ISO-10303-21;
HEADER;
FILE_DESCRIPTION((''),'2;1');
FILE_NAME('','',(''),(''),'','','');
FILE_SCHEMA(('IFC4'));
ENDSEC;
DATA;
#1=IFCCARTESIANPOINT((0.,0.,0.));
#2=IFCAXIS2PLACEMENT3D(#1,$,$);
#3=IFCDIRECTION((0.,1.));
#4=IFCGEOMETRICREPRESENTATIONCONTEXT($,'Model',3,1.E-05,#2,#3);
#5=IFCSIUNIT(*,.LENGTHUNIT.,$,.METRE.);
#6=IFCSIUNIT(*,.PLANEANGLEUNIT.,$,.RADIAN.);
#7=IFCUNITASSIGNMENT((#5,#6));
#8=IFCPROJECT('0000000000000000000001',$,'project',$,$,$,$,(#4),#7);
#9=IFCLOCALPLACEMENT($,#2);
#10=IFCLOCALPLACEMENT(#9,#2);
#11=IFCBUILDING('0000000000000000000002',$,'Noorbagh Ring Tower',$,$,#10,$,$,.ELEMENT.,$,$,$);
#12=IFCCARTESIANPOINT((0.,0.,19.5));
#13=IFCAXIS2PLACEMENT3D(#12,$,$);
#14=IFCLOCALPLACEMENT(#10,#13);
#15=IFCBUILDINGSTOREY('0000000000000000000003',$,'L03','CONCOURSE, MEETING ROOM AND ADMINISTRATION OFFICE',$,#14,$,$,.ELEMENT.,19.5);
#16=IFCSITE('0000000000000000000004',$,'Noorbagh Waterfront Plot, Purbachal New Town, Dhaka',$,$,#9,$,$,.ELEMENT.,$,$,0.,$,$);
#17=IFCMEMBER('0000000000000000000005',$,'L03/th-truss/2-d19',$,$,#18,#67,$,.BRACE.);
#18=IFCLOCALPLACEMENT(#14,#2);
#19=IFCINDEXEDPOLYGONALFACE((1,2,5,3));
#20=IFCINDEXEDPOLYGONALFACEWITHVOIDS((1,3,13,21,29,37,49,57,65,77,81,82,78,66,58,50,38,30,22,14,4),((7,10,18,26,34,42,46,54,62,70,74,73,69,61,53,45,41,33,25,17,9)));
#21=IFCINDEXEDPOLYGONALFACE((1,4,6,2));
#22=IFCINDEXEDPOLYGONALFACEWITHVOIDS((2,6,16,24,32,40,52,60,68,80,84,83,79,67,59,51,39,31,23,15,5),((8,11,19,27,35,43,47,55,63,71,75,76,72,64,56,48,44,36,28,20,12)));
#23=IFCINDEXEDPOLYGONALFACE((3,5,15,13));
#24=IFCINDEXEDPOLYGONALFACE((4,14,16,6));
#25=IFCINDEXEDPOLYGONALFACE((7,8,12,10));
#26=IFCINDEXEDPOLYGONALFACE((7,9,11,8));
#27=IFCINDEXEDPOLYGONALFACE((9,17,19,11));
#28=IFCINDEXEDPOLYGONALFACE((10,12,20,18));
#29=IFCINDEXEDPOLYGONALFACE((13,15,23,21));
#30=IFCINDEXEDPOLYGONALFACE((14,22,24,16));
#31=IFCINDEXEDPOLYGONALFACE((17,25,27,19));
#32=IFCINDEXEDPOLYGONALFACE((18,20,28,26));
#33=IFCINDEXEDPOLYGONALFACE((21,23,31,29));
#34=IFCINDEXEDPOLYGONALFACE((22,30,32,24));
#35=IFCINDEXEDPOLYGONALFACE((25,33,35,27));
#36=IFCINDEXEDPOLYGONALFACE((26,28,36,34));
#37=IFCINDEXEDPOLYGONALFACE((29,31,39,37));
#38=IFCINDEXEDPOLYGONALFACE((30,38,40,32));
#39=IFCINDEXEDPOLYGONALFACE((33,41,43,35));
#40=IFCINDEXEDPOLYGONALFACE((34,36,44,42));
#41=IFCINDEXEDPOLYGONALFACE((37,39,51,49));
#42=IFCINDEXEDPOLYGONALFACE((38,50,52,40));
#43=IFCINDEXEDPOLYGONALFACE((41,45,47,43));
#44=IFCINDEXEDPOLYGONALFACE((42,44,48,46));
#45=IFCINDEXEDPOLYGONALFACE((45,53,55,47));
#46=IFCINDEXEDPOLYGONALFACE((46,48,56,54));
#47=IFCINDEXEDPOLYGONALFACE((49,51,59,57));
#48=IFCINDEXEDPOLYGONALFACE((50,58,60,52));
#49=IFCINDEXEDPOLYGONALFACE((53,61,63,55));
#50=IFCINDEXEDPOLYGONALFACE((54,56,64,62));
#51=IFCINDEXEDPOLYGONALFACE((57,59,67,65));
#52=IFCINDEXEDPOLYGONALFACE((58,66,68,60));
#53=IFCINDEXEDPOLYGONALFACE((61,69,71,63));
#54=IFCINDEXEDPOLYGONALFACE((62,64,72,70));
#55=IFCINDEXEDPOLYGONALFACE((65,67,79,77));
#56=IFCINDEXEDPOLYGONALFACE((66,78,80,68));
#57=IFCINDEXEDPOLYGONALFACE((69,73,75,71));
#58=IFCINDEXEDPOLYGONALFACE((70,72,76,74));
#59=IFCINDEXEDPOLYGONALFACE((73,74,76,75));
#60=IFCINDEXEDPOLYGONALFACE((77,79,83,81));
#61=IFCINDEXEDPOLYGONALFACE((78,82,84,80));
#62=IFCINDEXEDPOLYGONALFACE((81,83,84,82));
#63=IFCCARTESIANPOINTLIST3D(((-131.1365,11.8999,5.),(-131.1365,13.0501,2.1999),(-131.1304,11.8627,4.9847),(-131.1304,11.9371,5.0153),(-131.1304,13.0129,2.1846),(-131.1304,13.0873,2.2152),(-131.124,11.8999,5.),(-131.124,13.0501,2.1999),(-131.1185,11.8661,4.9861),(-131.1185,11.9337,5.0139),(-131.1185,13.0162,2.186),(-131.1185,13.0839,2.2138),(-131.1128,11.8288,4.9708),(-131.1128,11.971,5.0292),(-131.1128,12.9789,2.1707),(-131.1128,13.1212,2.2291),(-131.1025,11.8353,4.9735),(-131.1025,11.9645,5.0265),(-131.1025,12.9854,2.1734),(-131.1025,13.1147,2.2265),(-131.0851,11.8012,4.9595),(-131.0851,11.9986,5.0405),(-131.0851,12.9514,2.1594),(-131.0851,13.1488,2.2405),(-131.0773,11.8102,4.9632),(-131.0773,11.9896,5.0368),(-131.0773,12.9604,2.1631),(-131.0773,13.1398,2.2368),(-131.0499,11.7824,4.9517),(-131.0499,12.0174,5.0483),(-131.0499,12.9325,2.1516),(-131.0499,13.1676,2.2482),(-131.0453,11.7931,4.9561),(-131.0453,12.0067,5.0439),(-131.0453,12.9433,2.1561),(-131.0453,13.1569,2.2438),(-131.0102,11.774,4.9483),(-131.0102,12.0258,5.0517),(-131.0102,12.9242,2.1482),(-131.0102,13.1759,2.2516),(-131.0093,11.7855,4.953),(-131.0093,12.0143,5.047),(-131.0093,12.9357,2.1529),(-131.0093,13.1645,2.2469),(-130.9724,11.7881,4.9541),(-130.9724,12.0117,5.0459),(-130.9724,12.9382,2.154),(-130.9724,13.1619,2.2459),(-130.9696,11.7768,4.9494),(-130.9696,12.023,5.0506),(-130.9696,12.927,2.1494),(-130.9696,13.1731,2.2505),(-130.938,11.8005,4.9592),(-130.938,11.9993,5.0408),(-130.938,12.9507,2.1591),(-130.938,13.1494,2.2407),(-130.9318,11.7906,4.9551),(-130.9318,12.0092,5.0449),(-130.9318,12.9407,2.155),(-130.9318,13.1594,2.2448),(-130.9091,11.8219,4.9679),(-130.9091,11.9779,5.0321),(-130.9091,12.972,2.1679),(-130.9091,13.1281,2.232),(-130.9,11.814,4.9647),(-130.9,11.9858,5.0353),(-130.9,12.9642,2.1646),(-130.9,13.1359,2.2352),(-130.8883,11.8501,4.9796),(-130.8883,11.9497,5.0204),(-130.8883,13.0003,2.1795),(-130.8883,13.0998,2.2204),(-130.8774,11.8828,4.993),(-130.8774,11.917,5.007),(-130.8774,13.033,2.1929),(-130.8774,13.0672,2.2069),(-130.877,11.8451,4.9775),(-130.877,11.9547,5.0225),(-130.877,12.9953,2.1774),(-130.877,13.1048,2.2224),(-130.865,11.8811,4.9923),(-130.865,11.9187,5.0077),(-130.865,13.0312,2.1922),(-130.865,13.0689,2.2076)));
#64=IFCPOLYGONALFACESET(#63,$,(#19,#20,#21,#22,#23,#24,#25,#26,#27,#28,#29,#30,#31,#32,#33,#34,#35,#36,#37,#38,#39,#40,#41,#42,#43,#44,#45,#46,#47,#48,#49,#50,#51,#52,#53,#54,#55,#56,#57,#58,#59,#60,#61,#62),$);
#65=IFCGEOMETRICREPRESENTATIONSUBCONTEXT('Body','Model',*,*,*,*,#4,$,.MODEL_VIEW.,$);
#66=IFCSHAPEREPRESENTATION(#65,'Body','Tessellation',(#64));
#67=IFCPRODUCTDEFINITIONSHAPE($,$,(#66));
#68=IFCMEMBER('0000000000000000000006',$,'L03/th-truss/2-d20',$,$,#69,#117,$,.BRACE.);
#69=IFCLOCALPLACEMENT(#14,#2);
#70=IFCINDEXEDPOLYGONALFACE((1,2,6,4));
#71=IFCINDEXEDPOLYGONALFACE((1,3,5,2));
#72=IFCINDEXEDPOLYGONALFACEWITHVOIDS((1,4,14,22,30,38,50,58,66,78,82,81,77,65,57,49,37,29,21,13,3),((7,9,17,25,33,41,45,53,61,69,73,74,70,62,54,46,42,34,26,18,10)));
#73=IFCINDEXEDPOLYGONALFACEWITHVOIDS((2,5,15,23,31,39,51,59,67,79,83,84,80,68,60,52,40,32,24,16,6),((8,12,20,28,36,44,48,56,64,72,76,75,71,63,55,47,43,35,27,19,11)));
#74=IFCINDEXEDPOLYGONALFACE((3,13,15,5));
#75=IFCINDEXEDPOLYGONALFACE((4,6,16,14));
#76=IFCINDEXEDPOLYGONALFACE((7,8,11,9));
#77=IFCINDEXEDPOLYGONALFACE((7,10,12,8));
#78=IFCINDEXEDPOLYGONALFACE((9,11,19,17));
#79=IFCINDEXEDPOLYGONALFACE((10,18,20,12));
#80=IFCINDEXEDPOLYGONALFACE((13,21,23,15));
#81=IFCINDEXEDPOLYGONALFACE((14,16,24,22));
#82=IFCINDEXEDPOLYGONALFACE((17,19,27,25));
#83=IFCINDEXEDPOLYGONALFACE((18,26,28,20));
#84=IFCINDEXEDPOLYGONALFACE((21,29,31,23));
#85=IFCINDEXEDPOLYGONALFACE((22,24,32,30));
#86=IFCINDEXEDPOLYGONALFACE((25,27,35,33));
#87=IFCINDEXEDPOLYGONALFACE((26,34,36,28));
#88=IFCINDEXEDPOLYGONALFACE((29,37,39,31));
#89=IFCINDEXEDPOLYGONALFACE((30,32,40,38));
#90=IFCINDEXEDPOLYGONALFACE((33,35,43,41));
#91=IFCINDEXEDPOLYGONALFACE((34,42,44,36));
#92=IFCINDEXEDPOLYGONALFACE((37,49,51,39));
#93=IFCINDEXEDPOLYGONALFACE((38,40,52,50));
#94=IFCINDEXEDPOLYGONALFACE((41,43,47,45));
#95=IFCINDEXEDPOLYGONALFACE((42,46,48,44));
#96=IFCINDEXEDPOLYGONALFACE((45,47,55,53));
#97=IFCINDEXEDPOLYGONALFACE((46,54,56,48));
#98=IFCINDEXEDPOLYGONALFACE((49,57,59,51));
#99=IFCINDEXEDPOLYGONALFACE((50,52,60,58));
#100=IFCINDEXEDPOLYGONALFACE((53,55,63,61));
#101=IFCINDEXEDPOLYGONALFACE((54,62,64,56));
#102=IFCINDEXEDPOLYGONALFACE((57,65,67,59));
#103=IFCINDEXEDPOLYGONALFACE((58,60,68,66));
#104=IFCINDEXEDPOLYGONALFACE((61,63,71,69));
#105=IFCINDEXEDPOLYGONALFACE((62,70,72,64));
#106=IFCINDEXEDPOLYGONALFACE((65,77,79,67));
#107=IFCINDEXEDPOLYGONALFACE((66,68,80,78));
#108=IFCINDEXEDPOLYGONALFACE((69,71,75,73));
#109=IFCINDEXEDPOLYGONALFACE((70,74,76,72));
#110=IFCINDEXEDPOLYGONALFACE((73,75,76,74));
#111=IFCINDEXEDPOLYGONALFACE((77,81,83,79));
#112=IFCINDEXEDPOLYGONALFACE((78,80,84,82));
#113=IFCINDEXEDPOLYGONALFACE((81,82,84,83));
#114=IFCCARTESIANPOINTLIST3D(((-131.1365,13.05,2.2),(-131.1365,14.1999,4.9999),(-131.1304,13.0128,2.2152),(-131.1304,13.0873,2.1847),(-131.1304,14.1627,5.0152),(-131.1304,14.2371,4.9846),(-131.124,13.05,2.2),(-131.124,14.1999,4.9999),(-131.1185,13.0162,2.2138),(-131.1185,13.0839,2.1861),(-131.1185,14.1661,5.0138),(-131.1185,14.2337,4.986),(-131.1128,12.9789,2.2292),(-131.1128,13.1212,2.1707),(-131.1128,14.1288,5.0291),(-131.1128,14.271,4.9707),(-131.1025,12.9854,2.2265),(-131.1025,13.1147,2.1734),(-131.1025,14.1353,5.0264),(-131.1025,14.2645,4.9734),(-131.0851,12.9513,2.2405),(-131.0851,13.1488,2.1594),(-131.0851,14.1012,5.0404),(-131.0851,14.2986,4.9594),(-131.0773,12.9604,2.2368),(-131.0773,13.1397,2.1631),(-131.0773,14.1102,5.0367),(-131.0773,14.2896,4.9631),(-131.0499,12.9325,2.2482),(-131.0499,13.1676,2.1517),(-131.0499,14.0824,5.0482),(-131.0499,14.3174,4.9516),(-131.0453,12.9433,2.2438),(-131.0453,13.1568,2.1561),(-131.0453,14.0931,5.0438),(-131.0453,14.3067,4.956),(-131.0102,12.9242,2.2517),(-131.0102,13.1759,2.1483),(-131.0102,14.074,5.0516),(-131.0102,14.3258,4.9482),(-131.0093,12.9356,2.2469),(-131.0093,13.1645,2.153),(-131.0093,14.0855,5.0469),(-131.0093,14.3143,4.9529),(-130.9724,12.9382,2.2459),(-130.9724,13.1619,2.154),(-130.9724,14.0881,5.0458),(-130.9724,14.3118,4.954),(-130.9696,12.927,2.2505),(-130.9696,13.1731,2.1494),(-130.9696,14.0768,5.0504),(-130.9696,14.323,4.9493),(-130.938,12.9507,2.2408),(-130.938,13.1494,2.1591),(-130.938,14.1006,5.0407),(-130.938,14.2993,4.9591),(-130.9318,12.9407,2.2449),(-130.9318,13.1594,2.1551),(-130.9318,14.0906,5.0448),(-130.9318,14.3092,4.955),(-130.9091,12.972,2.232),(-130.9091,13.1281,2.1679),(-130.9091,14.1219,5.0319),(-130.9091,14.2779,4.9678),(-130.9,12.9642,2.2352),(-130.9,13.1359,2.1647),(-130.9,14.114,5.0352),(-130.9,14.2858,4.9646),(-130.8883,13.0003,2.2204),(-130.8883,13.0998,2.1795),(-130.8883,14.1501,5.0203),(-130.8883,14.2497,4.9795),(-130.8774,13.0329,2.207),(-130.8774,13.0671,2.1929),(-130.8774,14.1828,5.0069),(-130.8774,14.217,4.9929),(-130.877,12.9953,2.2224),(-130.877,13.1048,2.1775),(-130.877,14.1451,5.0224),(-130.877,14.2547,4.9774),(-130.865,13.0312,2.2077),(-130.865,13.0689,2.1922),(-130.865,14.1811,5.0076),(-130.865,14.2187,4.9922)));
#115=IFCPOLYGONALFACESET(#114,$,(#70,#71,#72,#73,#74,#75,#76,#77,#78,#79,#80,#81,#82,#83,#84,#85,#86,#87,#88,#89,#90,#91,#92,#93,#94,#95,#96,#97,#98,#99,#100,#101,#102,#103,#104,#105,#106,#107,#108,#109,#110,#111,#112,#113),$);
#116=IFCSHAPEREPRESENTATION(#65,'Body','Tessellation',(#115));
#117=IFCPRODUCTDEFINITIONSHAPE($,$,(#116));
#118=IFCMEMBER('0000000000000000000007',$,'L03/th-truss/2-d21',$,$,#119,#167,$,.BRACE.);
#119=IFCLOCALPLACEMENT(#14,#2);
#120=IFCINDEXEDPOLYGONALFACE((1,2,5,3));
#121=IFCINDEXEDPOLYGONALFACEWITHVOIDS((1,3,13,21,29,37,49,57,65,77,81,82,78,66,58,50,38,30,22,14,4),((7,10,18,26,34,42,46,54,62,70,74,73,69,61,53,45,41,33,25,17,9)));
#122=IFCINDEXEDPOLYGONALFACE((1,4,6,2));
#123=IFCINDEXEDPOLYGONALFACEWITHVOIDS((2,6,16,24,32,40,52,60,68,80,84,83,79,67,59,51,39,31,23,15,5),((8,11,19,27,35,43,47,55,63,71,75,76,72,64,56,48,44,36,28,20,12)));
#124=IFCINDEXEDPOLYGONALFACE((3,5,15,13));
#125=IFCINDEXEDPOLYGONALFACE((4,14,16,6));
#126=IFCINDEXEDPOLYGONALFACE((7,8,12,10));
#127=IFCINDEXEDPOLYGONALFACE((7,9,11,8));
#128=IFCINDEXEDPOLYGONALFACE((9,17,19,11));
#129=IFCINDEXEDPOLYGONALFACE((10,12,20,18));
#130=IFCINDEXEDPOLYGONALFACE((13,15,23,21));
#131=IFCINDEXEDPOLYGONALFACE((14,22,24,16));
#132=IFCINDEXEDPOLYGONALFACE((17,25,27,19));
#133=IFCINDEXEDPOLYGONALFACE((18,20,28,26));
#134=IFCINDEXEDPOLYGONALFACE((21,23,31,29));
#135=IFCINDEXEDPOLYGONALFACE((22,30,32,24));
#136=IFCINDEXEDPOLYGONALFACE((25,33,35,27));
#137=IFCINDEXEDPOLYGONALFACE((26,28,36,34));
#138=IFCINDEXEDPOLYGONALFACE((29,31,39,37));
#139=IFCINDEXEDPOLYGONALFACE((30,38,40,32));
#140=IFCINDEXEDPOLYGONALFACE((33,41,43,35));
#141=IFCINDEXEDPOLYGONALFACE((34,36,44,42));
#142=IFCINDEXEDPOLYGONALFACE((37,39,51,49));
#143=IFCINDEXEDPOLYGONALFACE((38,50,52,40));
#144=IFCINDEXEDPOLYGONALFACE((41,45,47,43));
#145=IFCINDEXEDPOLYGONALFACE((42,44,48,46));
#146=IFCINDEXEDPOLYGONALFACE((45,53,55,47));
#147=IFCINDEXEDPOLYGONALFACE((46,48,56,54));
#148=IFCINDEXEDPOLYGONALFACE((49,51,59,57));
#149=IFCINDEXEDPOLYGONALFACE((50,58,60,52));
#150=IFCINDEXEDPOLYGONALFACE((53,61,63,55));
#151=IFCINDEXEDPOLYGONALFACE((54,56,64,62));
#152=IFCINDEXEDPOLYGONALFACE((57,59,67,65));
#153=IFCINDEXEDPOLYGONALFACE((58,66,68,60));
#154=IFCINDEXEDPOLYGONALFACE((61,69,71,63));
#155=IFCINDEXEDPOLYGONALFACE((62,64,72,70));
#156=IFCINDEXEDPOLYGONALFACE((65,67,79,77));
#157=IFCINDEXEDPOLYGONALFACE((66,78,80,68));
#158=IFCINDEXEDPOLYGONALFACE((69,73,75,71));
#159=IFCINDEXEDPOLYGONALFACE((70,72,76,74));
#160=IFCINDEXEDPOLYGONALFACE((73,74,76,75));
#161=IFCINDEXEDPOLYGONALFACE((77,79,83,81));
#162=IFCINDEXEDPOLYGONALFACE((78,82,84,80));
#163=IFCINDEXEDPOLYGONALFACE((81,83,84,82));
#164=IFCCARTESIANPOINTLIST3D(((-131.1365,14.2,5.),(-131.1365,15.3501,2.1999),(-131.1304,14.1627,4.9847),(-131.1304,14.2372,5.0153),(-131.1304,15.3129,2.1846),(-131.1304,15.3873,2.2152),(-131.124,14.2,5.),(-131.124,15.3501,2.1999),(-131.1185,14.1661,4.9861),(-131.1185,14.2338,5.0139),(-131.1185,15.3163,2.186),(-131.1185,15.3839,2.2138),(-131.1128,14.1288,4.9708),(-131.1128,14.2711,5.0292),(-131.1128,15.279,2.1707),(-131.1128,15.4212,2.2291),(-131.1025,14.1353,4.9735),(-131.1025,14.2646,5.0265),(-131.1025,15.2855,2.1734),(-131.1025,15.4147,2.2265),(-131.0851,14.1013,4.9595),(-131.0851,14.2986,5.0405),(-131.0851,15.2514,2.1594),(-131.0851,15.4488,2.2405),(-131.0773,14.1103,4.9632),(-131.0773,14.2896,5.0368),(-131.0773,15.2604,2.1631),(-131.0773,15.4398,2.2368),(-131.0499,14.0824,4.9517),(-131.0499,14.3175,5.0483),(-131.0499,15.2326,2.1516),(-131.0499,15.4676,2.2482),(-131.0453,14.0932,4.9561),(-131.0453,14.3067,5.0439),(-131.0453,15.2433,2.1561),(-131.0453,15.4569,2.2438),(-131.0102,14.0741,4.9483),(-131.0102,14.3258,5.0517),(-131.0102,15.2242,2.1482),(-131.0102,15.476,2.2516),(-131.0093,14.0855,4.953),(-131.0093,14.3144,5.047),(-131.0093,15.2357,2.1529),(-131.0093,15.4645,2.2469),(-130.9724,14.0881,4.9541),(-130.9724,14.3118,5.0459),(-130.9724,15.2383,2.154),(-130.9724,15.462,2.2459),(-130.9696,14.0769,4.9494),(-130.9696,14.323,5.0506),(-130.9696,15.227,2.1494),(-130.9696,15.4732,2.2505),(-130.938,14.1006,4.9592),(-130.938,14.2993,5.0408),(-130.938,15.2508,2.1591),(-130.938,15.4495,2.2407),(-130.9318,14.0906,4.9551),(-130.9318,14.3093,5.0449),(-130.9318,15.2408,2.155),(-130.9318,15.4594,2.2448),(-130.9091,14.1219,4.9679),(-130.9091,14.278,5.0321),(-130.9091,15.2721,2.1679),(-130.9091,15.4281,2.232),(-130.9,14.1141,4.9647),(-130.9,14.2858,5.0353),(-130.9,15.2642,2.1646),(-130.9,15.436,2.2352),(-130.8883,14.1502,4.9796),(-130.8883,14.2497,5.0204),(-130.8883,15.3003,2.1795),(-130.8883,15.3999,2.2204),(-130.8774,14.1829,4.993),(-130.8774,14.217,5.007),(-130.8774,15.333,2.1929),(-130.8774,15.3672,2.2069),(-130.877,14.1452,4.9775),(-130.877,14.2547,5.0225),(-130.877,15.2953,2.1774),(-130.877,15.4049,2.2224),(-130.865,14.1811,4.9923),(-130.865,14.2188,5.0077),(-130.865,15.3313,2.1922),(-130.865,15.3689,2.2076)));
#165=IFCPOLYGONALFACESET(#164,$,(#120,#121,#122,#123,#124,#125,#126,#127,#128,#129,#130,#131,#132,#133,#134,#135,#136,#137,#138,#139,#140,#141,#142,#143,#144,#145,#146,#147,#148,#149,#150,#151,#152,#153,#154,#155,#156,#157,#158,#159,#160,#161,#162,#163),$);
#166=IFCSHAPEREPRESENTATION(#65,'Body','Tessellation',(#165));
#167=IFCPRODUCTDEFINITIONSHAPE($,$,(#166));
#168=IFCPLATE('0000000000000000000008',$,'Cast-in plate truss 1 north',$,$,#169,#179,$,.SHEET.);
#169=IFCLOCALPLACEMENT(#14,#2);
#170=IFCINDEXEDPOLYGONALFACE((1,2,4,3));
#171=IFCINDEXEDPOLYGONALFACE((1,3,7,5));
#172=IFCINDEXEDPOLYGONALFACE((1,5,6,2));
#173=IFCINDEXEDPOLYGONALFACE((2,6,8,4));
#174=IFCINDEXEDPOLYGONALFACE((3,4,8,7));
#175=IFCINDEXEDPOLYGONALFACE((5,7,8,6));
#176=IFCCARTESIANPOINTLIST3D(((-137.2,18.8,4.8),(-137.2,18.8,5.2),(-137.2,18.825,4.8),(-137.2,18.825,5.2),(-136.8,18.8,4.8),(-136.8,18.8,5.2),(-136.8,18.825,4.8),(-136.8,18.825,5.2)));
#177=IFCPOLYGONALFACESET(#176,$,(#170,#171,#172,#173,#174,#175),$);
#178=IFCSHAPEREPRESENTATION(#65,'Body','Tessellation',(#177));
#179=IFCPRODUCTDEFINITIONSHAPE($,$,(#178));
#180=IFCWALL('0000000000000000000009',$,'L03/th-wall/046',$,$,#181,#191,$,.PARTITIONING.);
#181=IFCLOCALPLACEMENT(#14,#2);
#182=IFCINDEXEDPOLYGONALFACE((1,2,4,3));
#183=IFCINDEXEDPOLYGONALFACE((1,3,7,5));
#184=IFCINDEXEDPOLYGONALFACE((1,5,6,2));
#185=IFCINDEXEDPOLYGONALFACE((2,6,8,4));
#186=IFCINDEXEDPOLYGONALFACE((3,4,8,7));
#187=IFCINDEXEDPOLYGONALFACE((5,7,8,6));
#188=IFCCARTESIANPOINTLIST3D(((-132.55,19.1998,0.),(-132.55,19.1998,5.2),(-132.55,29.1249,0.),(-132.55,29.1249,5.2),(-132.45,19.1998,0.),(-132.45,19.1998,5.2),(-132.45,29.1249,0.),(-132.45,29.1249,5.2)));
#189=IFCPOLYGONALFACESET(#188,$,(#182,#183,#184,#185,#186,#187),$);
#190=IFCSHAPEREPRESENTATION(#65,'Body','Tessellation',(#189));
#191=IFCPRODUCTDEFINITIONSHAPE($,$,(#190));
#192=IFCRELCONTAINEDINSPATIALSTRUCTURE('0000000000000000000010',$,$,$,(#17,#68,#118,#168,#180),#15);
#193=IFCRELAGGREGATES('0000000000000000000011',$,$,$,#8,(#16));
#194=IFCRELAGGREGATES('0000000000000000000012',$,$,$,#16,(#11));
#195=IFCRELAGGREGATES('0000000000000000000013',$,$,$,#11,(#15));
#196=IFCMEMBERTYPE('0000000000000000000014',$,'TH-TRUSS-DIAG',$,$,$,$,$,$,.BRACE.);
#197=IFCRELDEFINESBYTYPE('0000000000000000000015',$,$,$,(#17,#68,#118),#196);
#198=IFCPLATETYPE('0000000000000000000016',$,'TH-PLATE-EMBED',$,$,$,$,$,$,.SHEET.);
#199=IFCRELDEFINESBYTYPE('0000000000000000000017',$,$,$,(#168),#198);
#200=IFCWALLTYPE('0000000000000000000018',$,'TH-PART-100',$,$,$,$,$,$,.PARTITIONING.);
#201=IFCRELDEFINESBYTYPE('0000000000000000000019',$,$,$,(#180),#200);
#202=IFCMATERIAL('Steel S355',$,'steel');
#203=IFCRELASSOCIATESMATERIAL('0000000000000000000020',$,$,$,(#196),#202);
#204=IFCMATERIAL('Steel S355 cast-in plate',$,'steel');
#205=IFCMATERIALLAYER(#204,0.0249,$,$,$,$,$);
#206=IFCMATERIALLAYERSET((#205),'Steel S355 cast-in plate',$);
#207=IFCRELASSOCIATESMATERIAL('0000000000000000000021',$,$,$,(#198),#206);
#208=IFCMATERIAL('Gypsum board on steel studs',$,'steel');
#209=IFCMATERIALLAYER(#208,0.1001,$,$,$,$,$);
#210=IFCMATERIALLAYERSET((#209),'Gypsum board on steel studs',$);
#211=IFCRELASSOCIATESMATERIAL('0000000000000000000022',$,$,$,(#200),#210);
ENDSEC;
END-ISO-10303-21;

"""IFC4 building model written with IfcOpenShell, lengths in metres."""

from ifc_helpers import new_model, si_unit, direction, frame, frame_2d, origin, origin_2d, place, context, subcontext, project, spatial, rectangle, hollow_circle, extrude, material, layer, layer_set, material_profile, profile_set, type_object, element, save


model = new_model("IFC4")

# Units and contexts
model_context = context("Model", 3, precision=1e-05, world=origin(), true_north=direction((0.0, 1.0)))
body_context = subcontext(model_context, "Body", "Model", "MODEL_VIEW")
ifc_project = project(units=[si_unit("LENGTHUNIT", "METRE"), si_unit("PLANEANGLEUNIT", "RADIAN")], contexts=[model_context])

# Site, building, storey
site_placement = place(None, origin())
site = spatial("IfcSite", under=ifc_project, at=site_placement, Name="Noorbagh Waterfront Plot, Purbachal New Town, Dhaka", CompositionType="ELEMENT", RefElevation=0.0)
building_placement = place(site_placement, origin())
building = spatial("IfcBuilding", under=site, at=building_placement, Name="Noorbagh Ring Tower", CompositionType="ELEMENT")
storey_placement = place(building_placement, frame((0.0, 0.0, 19.5)))
storey = spatial("IfcBuildingStorey", under=building, at=storey_placement, Name="L03", Description="CONCOURSE, MEETING ROOM AND ADMINISTRATION OFFICE", CompositionType="ELEMENT", Elevation=19.5)

# Members
ifc_material_1 = material(Name="Steel S355", Category="steel")
ifc_material_profile = material_profile(ifc_material_1, hollow_circle(Radius=0.1365, WallThickness=0.0125, at=origin_2d()), Name="CHS273x12.5")
ifc_profile_set = profile_set([ifc_material_profile], Name="Steel S355")
member_type = type_object("IfcMemberType", Name="TH-TRUSS-DIAG", PredefinedType="BRACE", material=ifc_profile_set)
member_1_placement = place(storey_placement, frame((-131.0, 11.8999, 5.0), z_axis=(0.0, 0.379955, -0.925005), x_axis=(-1.0, 0.0, 0.0)))
element("IfcMember", 1, at=member_1_placement, inside=storey, type_object=member_type, Name="L03/th-truss/2-d19", PredefinedType="BRACE", context=body_context, shape_type="SweptSolid", body=[
    extrude(hollow_circle(Radius=0.1365, WallThickness=0.0125, at=origin_2d()), origin(), (0.0, 0.0, 1.0), 3.0271),
])
member_2_placement = place(storey_placement, frame((-131.0, 13.05, 2.2), z_axis=(0.0, 0.379886, 0.925033), x_axis=(-1.0, 0.0, 0.0)))
element("IfcMember", 2, at=member_2_placement, inside=storey, type_object=member_type, Name="L03/th-truss/2-d20", PredefinedType="BRACE", context=body_context, shape_type="SweptSolid", body=[
    extrude(hollow_circle(Radius=0.1365, WallThickness=0.0125, at=origin_2d()), origin(), (0.0, 0.0, 1.0), 3.0269),
])
member_3_placement = place(storey_placement, frame((-131.0, 14.2, 5.0), z_axis=(0.0, 0.379955, -0.925005), x_axis=(-1.0, 0.0, 0.0)))
element("IfcMember", 3, at=member_3_placement, inside=storey, type_object=member_type, Name="L03/th-truss/2-d21", PredefinedType="BRACE", context=body_context, shape_type="SweptSolid", body=[
    extrude(hollow_circle(Radius=0.1365, WallThickness=0.0125, at=origin_2d()), origin(), (0.0, 0.0, 1.0), 3.0271),
])

# Plate
ifc_material_2 = material(Name="Steel S355 cast-in plate", Category="steel")
ifc_layer_1 = layer(ifc_material_2, 0.0249)
ifc_layer_set_1 = layer_set([ifc_layer_1], Name="Steel S355 cast-in plate")
plate_type = type_object("IfcPlateType", Name="TH-PLATE-EMBED", PredefinedType="SHEET", material=ifc_layer_set_1)
plate_placement = place(storey_placement, frame((-137.0, 18.8125, 4.8), z_axis=(0.0, 0.0, 1.0), x_axis=(1.0, 0.0, 0.0)))
element("IfcPlate", 4, at=plate_placement, inside=storey, type_object=plate_type, Name="Cast-in plate truss 1 north", PredefinedType="SHEET", context=body_context, shape_type="SweptSolid", body=[
    extrude(rectangle(XDim=0.3999, YDim=0.0249, at=origin_2d()), origin(), (0.0, 0.0, 1.0), 0.3999),
])

# Wall
ifc_material_3 = material(Name="Gypsum board on steel studs", Category="steel")
ifc_layer_2 = layer(ifc_material_3, 0.1001)
ifc_layer_set_2 = layer_set([ifc_layer_2], Name="Gypsum board on steel studs")
wall_type = type_object("IfcWallType", Name="TH-PART-100", PredefinedType="PARTITIONING", material=ifc_layer_set_2)
wall_placement = place(storey_placement, frame((-132.5, 19.2, 0.0), z_axis=(0.0, 0.0, 1.0), x_axis=(0.0, 1.0, 0.0)))
element("IfcWall", 5, at=wall_placement, inside=storey, type_object=wall_type, Name="L03/th-wall/046", PredefinedType="PARTITIONING", context=body_context, shape_type="SweptSolid", body=[
    extrude(rectangle(XDim=9.925, YDim=0.1001, at=frame_2d((4.9624, 0.0))), origin(), (0.0, 0.0, 1.0), 5.2),
])

save(model, "model.ifc")
